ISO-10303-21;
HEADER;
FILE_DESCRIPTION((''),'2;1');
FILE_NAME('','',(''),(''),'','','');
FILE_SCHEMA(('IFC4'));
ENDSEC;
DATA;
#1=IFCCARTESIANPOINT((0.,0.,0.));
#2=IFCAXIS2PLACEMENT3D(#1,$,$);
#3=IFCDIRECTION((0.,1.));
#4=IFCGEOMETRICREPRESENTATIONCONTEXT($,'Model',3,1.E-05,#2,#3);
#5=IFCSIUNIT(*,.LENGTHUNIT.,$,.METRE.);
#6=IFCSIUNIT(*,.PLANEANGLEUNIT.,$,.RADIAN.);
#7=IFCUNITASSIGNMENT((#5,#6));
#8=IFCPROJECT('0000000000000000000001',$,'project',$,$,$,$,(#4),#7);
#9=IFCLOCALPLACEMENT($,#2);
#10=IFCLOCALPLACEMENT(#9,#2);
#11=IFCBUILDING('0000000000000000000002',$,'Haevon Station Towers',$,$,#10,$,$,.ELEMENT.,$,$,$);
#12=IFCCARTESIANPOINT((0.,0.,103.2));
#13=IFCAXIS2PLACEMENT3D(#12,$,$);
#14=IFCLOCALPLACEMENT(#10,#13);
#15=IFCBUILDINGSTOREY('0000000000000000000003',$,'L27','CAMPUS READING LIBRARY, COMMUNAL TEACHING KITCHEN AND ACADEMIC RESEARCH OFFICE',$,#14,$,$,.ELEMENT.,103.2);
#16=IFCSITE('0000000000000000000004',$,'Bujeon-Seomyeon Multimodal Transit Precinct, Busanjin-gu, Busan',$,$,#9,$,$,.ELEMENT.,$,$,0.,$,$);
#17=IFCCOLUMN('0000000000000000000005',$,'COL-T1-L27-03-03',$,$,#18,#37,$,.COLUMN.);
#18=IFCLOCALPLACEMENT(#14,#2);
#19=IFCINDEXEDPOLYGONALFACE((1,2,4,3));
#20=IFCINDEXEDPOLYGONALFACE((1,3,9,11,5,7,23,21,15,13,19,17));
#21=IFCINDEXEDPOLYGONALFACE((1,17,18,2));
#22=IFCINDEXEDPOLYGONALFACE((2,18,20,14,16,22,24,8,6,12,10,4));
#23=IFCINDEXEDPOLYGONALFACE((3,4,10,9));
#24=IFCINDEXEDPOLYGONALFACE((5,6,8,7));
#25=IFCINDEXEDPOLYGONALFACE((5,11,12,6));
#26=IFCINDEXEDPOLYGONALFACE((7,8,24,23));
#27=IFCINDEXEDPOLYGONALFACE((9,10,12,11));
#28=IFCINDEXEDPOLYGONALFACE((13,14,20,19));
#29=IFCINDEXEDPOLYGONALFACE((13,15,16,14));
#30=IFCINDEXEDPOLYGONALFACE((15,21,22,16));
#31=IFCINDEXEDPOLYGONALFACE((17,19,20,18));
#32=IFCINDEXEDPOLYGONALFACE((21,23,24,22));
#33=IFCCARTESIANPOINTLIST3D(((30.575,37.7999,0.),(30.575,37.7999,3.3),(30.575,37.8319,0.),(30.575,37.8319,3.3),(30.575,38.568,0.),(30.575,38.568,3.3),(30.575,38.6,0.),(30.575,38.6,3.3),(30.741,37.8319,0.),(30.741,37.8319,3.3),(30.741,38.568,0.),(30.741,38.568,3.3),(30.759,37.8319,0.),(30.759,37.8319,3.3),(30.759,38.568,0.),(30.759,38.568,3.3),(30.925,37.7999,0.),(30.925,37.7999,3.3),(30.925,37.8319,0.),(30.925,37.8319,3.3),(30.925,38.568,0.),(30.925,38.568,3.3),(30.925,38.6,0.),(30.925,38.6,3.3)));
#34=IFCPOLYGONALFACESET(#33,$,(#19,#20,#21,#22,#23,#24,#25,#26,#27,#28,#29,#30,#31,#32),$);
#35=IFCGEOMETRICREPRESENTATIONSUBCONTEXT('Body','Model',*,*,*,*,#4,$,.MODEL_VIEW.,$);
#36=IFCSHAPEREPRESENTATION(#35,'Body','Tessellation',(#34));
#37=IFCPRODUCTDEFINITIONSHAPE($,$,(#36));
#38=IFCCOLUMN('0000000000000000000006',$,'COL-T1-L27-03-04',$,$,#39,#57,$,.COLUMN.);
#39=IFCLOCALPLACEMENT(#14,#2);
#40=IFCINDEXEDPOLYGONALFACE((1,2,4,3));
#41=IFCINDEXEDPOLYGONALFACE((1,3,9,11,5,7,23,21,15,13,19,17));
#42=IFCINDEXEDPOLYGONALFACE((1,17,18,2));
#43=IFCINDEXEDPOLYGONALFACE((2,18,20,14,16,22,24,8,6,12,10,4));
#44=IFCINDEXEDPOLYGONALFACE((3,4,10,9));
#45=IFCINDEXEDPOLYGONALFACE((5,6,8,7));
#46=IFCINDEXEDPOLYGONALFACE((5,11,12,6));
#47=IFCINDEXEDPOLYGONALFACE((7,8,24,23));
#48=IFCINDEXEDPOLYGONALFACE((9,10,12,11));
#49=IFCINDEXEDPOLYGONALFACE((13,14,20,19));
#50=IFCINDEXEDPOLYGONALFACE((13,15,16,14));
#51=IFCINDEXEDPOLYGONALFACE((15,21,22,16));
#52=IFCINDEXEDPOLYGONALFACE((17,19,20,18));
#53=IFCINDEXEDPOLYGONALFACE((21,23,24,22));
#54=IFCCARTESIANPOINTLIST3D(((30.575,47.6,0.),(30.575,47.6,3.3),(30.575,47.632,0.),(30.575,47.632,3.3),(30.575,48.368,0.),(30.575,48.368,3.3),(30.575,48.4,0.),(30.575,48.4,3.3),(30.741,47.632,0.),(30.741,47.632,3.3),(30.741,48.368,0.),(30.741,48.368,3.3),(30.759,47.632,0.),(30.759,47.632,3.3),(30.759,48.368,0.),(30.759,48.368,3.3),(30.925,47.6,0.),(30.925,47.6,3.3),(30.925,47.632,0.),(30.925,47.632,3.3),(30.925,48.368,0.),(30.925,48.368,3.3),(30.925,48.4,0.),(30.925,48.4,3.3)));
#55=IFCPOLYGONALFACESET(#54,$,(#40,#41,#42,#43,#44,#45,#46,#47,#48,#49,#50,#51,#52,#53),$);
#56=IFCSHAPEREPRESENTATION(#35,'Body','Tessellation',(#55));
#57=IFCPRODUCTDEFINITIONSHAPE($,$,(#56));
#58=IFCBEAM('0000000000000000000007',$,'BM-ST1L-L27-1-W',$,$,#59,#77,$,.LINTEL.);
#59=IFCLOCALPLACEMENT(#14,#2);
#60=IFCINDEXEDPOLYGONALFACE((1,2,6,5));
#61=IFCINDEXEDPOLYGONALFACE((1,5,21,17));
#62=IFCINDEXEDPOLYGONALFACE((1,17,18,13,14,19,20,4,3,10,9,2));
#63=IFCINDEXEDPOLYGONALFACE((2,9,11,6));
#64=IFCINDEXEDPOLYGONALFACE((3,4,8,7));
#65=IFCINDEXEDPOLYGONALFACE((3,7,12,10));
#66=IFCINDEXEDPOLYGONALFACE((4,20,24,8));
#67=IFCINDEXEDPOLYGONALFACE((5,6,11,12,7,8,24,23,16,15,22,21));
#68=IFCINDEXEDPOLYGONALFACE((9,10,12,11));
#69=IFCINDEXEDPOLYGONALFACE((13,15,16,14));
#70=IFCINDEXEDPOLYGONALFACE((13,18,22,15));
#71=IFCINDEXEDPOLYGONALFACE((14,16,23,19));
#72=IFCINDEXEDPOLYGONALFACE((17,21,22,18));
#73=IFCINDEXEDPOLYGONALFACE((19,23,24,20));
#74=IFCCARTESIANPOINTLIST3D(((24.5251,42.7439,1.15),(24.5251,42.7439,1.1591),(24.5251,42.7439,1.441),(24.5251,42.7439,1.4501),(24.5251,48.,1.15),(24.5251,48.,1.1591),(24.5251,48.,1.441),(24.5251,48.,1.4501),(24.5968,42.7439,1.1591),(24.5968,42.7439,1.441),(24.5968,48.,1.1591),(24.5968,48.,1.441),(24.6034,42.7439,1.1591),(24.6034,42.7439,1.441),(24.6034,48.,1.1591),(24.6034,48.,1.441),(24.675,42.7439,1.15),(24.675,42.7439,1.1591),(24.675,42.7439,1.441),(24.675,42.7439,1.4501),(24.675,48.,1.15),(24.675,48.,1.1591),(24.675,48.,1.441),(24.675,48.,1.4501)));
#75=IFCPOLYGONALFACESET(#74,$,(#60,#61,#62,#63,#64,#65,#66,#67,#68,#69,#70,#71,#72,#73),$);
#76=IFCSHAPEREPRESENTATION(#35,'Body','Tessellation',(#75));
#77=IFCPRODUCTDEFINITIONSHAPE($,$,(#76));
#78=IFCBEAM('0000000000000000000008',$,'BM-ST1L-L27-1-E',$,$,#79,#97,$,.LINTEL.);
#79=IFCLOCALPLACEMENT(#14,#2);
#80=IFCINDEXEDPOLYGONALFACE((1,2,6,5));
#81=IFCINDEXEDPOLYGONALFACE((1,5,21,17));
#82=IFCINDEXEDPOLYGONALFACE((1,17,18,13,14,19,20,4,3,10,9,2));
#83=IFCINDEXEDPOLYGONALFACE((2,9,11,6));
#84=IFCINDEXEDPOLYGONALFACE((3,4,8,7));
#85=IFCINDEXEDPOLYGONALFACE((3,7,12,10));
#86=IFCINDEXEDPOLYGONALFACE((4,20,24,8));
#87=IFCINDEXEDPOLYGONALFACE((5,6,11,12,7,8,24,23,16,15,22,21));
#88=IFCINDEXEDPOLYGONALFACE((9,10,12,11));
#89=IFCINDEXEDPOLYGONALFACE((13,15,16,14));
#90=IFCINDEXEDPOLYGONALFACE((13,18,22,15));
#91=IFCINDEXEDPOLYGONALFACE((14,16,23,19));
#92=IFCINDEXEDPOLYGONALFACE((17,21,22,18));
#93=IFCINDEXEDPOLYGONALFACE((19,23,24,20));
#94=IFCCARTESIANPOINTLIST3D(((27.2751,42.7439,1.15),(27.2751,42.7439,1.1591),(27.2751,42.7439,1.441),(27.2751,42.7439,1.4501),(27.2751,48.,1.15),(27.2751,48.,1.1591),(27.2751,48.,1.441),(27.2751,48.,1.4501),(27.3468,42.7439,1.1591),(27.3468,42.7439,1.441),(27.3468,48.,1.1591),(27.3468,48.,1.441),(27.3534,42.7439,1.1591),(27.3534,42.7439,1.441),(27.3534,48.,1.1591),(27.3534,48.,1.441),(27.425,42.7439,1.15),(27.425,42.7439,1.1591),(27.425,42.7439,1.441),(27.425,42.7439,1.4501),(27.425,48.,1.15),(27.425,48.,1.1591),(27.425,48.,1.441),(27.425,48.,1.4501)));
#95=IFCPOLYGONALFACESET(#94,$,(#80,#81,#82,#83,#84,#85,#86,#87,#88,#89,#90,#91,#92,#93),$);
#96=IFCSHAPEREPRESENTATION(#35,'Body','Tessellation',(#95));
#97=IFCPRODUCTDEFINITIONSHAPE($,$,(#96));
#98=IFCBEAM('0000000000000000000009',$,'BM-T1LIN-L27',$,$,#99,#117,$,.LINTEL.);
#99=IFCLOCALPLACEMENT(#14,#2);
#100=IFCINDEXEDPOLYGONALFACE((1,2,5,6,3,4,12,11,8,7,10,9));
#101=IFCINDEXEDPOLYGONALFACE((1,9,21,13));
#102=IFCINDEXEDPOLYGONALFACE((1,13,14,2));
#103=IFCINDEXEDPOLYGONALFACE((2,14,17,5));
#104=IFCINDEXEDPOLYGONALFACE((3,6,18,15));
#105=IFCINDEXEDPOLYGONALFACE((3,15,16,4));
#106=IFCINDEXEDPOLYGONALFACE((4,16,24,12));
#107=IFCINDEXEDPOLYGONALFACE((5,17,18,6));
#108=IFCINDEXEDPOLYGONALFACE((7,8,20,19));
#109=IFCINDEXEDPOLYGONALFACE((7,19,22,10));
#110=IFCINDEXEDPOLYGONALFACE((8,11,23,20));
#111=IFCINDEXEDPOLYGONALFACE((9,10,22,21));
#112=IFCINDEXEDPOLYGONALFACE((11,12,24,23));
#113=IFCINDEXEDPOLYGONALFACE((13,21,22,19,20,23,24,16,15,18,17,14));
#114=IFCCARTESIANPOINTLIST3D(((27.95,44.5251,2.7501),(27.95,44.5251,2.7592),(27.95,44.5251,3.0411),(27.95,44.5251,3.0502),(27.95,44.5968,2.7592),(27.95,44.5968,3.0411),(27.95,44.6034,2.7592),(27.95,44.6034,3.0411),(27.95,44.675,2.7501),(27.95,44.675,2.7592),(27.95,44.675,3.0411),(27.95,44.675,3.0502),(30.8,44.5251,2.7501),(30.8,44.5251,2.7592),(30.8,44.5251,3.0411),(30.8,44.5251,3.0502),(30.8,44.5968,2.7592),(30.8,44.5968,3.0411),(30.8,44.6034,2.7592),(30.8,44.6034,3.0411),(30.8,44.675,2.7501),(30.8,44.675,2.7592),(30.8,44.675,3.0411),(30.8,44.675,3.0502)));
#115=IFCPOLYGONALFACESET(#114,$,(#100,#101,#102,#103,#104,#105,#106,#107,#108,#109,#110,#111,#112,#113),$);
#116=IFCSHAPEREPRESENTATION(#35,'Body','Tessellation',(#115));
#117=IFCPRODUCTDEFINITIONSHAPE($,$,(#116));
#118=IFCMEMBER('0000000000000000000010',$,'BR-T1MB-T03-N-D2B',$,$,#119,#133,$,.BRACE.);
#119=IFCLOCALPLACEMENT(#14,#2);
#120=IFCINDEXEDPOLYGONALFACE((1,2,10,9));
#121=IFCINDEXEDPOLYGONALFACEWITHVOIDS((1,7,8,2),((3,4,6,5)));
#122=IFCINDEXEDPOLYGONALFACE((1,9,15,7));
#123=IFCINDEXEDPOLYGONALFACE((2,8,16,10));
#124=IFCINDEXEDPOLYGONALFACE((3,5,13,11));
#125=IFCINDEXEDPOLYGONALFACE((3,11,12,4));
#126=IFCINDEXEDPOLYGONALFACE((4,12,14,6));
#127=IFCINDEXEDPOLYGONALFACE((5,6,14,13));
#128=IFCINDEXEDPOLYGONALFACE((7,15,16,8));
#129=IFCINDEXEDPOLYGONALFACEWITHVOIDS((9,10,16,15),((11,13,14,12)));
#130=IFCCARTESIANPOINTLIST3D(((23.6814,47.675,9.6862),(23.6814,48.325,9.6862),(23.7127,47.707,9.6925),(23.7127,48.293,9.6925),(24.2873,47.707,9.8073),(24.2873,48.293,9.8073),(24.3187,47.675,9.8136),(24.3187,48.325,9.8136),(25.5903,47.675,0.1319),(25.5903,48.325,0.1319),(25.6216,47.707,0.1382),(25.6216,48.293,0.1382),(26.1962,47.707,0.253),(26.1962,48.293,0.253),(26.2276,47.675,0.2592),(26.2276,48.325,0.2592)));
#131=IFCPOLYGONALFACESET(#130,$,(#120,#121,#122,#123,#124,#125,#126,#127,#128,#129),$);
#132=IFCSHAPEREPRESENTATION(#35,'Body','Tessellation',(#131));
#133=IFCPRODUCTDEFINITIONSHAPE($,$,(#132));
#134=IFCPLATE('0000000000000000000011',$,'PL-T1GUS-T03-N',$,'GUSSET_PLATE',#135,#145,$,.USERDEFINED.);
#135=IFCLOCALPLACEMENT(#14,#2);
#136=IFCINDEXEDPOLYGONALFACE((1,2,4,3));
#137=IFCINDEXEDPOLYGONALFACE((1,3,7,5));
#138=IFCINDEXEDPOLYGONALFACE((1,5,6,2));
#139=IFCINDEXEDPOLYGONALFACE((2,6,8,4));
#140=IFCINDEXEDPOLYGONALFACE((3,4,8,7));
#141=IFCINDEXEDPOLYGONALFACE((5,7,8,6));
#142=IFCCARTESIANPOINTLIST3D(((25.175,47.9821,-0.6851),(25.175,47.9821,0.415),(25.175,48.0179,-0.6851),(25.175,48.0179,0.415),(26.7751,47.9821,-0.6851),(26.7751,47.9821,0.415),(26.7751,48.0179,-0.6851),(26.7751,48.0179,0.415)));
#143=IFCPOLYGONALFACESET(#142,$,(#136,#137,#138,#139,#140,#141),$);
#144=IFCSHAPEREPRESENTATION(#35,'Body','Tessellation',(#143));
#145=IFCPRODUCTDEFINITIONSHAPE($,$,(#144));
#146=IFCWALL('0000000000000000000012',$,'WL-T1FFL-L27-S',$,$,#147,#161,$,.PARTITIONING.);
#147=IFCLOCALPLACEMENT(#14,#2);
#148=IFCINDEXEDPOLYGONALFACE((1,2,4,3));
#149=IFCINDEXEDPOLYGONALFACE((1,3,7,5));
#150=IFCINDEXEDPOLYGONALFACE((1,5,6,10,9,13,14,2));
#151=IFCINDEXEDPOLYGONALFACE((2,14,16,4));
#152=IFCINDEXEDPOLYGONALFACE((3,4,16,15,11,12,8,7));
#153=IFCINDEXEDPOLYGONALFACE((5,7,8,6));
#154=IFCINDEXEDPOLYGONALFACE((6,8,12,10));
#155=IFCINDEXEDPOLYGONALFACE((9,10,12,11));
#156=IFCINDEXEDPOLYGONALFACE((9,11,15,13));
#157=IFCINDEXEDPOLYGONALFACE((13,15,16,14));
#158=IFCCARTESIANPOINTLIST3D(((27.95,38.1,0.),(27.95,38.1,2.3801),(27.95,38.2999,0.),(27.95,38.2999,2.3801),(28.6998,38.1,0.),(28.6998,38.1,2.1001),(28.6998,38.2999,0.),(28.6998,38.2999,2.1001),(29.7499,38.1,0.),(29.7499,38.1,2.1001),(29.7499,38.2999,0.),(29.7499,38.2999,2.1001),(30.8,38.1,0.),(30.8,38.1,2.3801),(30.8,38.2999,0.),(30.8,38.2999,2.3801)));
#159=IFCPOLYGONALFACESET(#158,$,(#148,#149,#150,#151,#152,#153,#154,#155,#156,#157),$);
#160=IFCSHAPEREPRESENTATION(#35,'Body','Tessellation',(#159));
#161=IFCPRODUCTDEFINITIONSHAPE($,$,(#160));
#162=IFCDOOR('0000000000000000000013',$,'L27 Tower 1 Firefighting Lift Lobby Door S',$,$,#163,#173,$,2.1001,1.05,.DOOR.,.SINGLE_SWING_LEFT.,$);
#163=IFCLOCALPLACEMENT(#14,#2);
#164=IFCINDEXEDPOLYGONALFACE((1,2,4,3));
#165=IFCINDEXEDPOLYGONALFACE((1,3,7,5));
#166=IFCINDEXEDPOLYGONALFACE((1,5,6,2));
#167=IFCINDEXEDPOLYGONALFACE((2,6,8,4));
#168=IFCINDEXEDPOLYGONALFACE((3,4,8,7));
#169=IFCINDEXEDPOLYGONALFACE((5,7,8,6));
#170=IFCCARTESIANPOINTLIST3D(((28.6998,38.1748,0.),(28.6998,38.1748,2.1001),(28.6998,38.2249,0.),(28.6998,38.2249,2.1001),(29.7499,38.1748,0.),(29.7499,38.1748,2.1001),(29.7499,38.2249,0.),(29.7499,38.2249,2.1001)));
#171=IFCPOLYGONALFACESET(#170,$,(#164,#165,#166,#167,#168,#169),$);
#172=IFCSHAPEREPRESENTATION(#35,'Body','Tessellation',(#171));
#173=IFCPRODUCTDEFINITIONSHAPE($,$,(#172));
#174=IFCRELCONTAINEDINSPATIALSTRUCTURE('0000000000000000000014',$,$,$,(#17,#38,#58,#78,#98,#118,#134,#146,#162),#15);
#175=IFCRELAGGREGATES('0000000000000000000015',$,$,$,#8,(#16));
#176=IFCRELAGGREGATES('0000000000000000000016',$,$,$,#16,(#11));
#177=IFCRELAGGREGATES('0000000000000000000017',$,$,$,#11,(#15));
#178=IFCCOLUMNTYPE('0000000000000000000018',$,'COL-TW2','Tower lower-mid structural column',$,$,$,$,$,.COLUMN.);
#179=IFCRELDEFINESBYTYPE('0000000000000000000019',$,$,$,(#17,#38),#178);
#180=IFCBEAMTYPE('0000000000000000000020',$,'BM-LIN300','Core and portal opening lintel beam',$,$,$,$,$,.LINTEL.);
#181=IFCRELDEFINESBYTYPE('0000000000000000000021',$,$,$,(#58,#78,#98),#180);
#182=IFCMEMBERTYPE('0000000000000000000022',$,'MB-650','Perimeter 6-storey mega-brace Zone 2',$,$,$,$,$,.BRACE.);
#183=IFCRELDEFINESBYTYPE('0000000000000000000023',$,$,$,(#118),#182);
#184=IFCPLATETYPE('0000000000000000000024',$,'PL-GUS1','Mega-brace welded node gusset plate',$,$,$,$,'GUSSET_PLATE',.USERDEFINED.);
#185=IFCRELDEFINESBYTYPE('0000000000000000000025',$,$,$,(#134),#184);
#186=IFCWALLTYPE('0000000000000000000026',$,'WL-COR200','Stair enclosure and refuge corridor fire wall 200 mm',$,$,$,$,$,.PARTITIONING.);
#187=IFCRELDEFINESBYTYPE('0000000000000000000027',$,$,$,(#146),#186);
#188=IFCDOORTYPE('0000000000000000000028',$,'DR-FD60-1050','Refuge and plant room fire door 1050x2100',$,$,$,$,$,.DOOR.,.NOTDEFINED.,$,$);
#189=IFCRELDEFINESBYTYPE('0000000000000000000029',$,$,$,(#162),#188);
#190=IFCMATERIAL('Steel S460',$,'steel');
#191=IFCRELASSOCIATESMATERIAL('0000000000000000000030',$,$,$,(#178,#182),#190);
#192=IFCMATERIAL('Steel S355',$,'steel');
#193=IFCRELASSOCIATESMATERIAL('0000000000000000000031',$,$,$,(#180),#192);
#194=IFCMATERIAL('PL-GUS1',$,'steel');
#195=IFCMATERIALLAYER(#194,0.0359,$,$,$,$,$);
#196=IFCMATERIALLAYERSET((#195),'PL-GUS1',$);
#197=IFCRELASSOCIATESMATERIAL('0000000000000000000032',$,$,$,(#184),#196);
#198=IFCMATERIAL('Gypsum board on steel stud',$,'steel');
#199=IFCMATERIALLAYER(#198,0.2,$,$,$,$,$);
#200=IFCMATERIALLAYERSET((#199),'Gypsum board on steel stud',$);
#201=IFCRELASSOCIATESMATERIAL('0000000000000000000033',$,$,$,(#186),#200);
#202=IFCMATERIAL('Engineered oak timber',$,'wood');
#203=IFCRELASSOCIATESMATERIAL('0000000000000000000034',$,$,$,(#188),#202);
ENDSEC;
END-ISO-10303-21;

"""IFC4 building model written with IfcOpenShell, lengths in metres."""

from ifc_helpers import new_model, si_unit, direction, frame, frame_2d, origin, origin_2d, place, context, subcontext, project, spatial, rectangle, hollow_rectangle, i_section, extrude, material, layer, layer_set, material_profile, profile_set, type_object, element, fill, save


model = new_model("IFC4")

# Units and contexts
model_context = context("Model", 3, precision=1e-05, world=origin(), true_north=direction((0.0, 1.0)))
body_context = subcontext(model_context, "Body", "Model", "MODEL_VIEW")
ifc_project = project(units=[si_unit("LENGTHUNIT", "METRE"), si_unit("PLANEANGLEUNIT", "RADIAN")], contexts=[model_context])

# Site, building, storey
site_placement = place(None, origin())
site = spatial("IfcSite", under=ifc_project, at=site_placement, Name="Bujeon-Seomyeon Multimodal Transit Precinct, Busanjin-gu, Busan", CompositionType="ELEMENT", RefElevation=0.0)
building_placement = place(site_placement, origin())
building = spatial("IfcBuilding", under=site, at=building_placement, Name="Haevon Station Towers", CompositionType="ELEMENT")
storey_placement = place(building_placement, frame((0.0, 0.0, 103.2)))
storey = spatial("IfcBuildingStorey", under=building, at=storey_placement, Name="L27", Description="CAMPUS READING LIBRARY, COMMUNAL TEACHING KITCHEN AND ACADEMIC RESEARCH OFFICE", CompositionType="ELEMENT", Elevation=103.2)

# Columns
ifc_material_1 = material(Name="Steel S460", Category="steel")
ifc_material_profile_1 = material_profile(ifc_material_1, i_section(OverallWidth=0.3501, OverallDepth=0.8, WebThickness=0.0181, FlangeThickness=0.032, at=origin_2d()), Name="H-800x350x18x32")
ifc_profile_set_1 = profile_set([ifc_material_profile_1], Name="Steel S460")
column_type = type_object("IfcColumnType", Name="COL-TW2", Description="Tower lower-mid structural column", PredefinedType="COLUMN", material=ifc_profile_set_1)
for number, where, z_axis, x_axis, name in (
    (1, (30.75, 38.2, 0.0), (0.0, 0.0, 1.0), (1.0, 0.0, 0.0), "COL-T1-L27-03-03"),
    (2, (30.75, 48.0, 0.0), (0.0, 0.0, 1.0), (1.0, 0.0, 0.0), "COL-T1-L27-03-04"),
):
    element("IfcColumn", number, at=place(storey_placement, frame(where, z_axis=z_axis, x_axis=x_axis)), inside=storey, type_object=column_type, Name=name, PredefinedType="COLUMN", context=body_context, shape_type="SweptSolid", body=[
        extrude(i_section(OverallWidth=0.3501, OverallDepth=0.8, WebThickness=0.0181, FlangeThickness=0.032, at=origin_2d()), origin(), (0.0, 0.0, 1.0), 3.3),
    ])

# Beams
ifc_material_2 = material(Name="Steel S355", Category="steel")
ifc_material_profile_2 = material_profile(ifc_material_2, i_section(OverallWidth=0.1499, OverallDepth=0.3, WebThickness=0.0066, FlangeThickness=0.009, at=origin_2d()), Name="H-300x150x6.5x9")
ifc_profile_set_2 = profile_set([ifc_material_profile_2], Name="Steel S355")
beam_type = type_object("IfcBeamType", Name="BM-LIN300", Description="Core and portal opening lintel beam", PredefinedType="LINTEL", material=ifc_profile_set_2)
for number, where, z_axis, x_axis, name in (
    (3, (24.6001, 42.7439, 1.3), (0.0, 1.0, 0.0), (-1.0, 0.0, 0.0), "BM-ST1L-L27-1-W"),
    (4, (27.3501, 42.7439, 1.3), (0.0, 1.0, 0.0), (-1.0, 0.0, 0.0), "BM-ST1L-L27-1-E"),
):
    element("IfcBeam", number, at=place(storey_placement, frame(where, z_axis=z_axis, x_axis=x_axis)), inside=storey, type_object=beam_type, Name=name, PredefinedType="LINTEL", context=body_context, shape_type="SweptSolid", body=[
        extrude(i_section(OverallWidth=0.1499, OverallDepth=0.3, WebThickness=0.0066, FlangeThickness=0.009, at=origin_2d()), origin(), (0.0, 0.0, 1.0), 5.2561),
    ])
beam_placement = place(storey_placement, frame((27.95, 44.6001, 2.9001), z_axis=(1.0, 0.0, 0.0), x_axis=(0.0, 1.0, 0.0)))
element("IfcBeam", 5, at=beam_placement, inside=storey, type_object=beam_type, Name="BM-T1LIN-L27", PredefinedType="LINTEL", context=body_context, shape_type="SweptSolid", body=[
    extrude(i_section(OverallWidth=0.1499, OverallDepth=0.3, WebThickness=0.0066, FlangeThickness=0.009, at=origin_2d()), origin(), (0.0, 0.0, 1.0), 2.8501),
])

# Member
ifc_material_profile_3 = material_profile(ifc_material_1, hollow_rectangle(XDim=0.6499, YDim=0.6499, WallThickness=0.032, at=origin_2d()), Name="RHS-650x650x32")
ifc_profile_set_3 = profile_set([ifc_material_profile_3], Name="Steel S460")
member_type = type_object("IfcMemberType", Name="MB-650", Description="Perimeter 6-storey mega-brace Zone 2", PredefinedType="BRACE", material=ifc_profile_set_3)
member_placement = place(storey_placement, frame((25.9089, 48.0, 0.1956), z_axis=(-0.195923, 0.0, 0.980619), x_axis=(0.0, -1.0, 0.0)))
element("IfcMember", 6, at=member_placement, inside=storey, type_object=member_type, Name="BR-T1MB-T03-N-D2B", PredefinedType="BRACE", context=body_context, shape_type="SweptSolid", body=[
    extrude(hollow_rectangle(XDim=0.6499, YDim=0.6499, WallThickness=0.032, at=origin_2d()), origin(), (0.0, 0.0, 1.0), 9.7432),
])

# Plate
ifc_material_3 = material(Name="PL-GUS1", Category="steel")
ifc_layer_1 = layer(ifc_material_3, 0.0359)
ifc_layer_set_1 = layer_set([ifc_layer_1], Name="PL-GUS1")
plate_type = type_object("IfcPlateType", Name="PL-GUS1", Description="Mega-brace welded node gusset plate", ElementType="GUSSET_PLATE", PredefinedType="USERDEFINED", material=ifc_layer_set_1)
plate_placement = place(storey_placement, frame((25.9751, 48.0, -0.6851), z_axis=(0.0, 0.0, 1.0), x_axis=(1.0, 0.0, 0.0)))
element("IfcPlate", 7, at=plate_placement, inside=storey, type_object=plate_type, Name="PL-T1GUS-T03-N", ObjectType="GUSSET_PLATE", PredefinedType="USERDEFINED", context=body_context, shape_type="SweptSolid", body=[
    extrude(rectangle(XDim=1.6001, YDim=0.0359, at=origin_2d()), origin(), (0.0, 0.0, 1.0), 1.1001),
])

# Wall, opening, door
ifc_material_4 = material(Name="Gypsum board on steel stud", Category="steel")
ifc_layer_2 = layer(ifc_material_4, 0.2)
ifc_layer_set_2 = layer_set([ifc_layer_2], Name="Gypsum board on steel stud")
wall_type_1 = type_object("IfcWallType", Name="WL-COR200", Description="Stair enclosure and refuge corridor fire wall 200 mm", PredefinedType="PARTITIONING", material=ifc_layer_set_2)
wall_1_placement = place(storey_placement, frame((27.95, 38.2, 0.0), z_axis=(0.0, 0.0, 1.0), x_axis=(1.0, 0.0, 0.0)))
wall_1 = element("IfcWall", 8, at=wall_1_placement, inside=storey, type_object=wall_type_1, Name="WL-T1FFL-L27-S", PredefinedType="PARTITIONING", context=body_context, shape_type="SweptSolid", body=[
    extrude(rectangle(XDim=2.8501, YDim=0.2, at=frame_2d((1.425, 0.0))), origin(), (0.0, 0.0, 1.0), 2.3801),
])
opening_1_placement = place(wall_1_placement, frame((0.75, 0.0, 0.0)))
opening_1 = element("IfcOpeningElement", 9, at=opening_1_placement, cuts=wall_1, PredefinedType="OPENING", context=body_context, shape_type="SweptSolid", body=[
    extrude(rectangle(XDim=1.05, YDim=2.1001, at=frame_2d((0.5249, 1.05))), frame((0.0, 0.1099, 0.0), z_axis=(0.0, -1.0, 0.0), x_axis=(1.0, 0.0, 0.0)), (0.0, 0.0, 1.0), 0.22),
])
ifc_material_5 = material(Name="Engineered oak timber", Category="wood")
door_type_1 = type_object("IfcDoorType", Name="DR-FD60-1050", Description="Refuge and plant room fire door 1050x2100", OperationType="NOTDEFINED", PredefinedType="DOOR", material=ifc_material_5)
door_1_placement = place(opening_1_placement, origin())
door_1 = element("IfcDoor", 10, at=door_1_placement, inside=storey, type_object=door_type_1, Name="L27 Tower 1 Firefighting Lift Lobby Door S", OperationType="SINGLE_SWING_LEFT", OverallHeight=2.1001, OverallWidth=1.05, PredefinedType="DOOR", context=body_context, shape_type="SweptSolid", body=[
    extrude(rectangle(XDim=1.05, YDim=2.1001, at=frame_2d((0.5249, 1.05))), frame((0.0, 0.0249, 0.0), z_axis=(0.0, -1.0, 0.0), x_axis=(1.0, 0.0, 0.0)), (0.0, 0.0, 1.0), 0.05),
])
fill(opening_1, door_1)

save(model, "model.ifc")
